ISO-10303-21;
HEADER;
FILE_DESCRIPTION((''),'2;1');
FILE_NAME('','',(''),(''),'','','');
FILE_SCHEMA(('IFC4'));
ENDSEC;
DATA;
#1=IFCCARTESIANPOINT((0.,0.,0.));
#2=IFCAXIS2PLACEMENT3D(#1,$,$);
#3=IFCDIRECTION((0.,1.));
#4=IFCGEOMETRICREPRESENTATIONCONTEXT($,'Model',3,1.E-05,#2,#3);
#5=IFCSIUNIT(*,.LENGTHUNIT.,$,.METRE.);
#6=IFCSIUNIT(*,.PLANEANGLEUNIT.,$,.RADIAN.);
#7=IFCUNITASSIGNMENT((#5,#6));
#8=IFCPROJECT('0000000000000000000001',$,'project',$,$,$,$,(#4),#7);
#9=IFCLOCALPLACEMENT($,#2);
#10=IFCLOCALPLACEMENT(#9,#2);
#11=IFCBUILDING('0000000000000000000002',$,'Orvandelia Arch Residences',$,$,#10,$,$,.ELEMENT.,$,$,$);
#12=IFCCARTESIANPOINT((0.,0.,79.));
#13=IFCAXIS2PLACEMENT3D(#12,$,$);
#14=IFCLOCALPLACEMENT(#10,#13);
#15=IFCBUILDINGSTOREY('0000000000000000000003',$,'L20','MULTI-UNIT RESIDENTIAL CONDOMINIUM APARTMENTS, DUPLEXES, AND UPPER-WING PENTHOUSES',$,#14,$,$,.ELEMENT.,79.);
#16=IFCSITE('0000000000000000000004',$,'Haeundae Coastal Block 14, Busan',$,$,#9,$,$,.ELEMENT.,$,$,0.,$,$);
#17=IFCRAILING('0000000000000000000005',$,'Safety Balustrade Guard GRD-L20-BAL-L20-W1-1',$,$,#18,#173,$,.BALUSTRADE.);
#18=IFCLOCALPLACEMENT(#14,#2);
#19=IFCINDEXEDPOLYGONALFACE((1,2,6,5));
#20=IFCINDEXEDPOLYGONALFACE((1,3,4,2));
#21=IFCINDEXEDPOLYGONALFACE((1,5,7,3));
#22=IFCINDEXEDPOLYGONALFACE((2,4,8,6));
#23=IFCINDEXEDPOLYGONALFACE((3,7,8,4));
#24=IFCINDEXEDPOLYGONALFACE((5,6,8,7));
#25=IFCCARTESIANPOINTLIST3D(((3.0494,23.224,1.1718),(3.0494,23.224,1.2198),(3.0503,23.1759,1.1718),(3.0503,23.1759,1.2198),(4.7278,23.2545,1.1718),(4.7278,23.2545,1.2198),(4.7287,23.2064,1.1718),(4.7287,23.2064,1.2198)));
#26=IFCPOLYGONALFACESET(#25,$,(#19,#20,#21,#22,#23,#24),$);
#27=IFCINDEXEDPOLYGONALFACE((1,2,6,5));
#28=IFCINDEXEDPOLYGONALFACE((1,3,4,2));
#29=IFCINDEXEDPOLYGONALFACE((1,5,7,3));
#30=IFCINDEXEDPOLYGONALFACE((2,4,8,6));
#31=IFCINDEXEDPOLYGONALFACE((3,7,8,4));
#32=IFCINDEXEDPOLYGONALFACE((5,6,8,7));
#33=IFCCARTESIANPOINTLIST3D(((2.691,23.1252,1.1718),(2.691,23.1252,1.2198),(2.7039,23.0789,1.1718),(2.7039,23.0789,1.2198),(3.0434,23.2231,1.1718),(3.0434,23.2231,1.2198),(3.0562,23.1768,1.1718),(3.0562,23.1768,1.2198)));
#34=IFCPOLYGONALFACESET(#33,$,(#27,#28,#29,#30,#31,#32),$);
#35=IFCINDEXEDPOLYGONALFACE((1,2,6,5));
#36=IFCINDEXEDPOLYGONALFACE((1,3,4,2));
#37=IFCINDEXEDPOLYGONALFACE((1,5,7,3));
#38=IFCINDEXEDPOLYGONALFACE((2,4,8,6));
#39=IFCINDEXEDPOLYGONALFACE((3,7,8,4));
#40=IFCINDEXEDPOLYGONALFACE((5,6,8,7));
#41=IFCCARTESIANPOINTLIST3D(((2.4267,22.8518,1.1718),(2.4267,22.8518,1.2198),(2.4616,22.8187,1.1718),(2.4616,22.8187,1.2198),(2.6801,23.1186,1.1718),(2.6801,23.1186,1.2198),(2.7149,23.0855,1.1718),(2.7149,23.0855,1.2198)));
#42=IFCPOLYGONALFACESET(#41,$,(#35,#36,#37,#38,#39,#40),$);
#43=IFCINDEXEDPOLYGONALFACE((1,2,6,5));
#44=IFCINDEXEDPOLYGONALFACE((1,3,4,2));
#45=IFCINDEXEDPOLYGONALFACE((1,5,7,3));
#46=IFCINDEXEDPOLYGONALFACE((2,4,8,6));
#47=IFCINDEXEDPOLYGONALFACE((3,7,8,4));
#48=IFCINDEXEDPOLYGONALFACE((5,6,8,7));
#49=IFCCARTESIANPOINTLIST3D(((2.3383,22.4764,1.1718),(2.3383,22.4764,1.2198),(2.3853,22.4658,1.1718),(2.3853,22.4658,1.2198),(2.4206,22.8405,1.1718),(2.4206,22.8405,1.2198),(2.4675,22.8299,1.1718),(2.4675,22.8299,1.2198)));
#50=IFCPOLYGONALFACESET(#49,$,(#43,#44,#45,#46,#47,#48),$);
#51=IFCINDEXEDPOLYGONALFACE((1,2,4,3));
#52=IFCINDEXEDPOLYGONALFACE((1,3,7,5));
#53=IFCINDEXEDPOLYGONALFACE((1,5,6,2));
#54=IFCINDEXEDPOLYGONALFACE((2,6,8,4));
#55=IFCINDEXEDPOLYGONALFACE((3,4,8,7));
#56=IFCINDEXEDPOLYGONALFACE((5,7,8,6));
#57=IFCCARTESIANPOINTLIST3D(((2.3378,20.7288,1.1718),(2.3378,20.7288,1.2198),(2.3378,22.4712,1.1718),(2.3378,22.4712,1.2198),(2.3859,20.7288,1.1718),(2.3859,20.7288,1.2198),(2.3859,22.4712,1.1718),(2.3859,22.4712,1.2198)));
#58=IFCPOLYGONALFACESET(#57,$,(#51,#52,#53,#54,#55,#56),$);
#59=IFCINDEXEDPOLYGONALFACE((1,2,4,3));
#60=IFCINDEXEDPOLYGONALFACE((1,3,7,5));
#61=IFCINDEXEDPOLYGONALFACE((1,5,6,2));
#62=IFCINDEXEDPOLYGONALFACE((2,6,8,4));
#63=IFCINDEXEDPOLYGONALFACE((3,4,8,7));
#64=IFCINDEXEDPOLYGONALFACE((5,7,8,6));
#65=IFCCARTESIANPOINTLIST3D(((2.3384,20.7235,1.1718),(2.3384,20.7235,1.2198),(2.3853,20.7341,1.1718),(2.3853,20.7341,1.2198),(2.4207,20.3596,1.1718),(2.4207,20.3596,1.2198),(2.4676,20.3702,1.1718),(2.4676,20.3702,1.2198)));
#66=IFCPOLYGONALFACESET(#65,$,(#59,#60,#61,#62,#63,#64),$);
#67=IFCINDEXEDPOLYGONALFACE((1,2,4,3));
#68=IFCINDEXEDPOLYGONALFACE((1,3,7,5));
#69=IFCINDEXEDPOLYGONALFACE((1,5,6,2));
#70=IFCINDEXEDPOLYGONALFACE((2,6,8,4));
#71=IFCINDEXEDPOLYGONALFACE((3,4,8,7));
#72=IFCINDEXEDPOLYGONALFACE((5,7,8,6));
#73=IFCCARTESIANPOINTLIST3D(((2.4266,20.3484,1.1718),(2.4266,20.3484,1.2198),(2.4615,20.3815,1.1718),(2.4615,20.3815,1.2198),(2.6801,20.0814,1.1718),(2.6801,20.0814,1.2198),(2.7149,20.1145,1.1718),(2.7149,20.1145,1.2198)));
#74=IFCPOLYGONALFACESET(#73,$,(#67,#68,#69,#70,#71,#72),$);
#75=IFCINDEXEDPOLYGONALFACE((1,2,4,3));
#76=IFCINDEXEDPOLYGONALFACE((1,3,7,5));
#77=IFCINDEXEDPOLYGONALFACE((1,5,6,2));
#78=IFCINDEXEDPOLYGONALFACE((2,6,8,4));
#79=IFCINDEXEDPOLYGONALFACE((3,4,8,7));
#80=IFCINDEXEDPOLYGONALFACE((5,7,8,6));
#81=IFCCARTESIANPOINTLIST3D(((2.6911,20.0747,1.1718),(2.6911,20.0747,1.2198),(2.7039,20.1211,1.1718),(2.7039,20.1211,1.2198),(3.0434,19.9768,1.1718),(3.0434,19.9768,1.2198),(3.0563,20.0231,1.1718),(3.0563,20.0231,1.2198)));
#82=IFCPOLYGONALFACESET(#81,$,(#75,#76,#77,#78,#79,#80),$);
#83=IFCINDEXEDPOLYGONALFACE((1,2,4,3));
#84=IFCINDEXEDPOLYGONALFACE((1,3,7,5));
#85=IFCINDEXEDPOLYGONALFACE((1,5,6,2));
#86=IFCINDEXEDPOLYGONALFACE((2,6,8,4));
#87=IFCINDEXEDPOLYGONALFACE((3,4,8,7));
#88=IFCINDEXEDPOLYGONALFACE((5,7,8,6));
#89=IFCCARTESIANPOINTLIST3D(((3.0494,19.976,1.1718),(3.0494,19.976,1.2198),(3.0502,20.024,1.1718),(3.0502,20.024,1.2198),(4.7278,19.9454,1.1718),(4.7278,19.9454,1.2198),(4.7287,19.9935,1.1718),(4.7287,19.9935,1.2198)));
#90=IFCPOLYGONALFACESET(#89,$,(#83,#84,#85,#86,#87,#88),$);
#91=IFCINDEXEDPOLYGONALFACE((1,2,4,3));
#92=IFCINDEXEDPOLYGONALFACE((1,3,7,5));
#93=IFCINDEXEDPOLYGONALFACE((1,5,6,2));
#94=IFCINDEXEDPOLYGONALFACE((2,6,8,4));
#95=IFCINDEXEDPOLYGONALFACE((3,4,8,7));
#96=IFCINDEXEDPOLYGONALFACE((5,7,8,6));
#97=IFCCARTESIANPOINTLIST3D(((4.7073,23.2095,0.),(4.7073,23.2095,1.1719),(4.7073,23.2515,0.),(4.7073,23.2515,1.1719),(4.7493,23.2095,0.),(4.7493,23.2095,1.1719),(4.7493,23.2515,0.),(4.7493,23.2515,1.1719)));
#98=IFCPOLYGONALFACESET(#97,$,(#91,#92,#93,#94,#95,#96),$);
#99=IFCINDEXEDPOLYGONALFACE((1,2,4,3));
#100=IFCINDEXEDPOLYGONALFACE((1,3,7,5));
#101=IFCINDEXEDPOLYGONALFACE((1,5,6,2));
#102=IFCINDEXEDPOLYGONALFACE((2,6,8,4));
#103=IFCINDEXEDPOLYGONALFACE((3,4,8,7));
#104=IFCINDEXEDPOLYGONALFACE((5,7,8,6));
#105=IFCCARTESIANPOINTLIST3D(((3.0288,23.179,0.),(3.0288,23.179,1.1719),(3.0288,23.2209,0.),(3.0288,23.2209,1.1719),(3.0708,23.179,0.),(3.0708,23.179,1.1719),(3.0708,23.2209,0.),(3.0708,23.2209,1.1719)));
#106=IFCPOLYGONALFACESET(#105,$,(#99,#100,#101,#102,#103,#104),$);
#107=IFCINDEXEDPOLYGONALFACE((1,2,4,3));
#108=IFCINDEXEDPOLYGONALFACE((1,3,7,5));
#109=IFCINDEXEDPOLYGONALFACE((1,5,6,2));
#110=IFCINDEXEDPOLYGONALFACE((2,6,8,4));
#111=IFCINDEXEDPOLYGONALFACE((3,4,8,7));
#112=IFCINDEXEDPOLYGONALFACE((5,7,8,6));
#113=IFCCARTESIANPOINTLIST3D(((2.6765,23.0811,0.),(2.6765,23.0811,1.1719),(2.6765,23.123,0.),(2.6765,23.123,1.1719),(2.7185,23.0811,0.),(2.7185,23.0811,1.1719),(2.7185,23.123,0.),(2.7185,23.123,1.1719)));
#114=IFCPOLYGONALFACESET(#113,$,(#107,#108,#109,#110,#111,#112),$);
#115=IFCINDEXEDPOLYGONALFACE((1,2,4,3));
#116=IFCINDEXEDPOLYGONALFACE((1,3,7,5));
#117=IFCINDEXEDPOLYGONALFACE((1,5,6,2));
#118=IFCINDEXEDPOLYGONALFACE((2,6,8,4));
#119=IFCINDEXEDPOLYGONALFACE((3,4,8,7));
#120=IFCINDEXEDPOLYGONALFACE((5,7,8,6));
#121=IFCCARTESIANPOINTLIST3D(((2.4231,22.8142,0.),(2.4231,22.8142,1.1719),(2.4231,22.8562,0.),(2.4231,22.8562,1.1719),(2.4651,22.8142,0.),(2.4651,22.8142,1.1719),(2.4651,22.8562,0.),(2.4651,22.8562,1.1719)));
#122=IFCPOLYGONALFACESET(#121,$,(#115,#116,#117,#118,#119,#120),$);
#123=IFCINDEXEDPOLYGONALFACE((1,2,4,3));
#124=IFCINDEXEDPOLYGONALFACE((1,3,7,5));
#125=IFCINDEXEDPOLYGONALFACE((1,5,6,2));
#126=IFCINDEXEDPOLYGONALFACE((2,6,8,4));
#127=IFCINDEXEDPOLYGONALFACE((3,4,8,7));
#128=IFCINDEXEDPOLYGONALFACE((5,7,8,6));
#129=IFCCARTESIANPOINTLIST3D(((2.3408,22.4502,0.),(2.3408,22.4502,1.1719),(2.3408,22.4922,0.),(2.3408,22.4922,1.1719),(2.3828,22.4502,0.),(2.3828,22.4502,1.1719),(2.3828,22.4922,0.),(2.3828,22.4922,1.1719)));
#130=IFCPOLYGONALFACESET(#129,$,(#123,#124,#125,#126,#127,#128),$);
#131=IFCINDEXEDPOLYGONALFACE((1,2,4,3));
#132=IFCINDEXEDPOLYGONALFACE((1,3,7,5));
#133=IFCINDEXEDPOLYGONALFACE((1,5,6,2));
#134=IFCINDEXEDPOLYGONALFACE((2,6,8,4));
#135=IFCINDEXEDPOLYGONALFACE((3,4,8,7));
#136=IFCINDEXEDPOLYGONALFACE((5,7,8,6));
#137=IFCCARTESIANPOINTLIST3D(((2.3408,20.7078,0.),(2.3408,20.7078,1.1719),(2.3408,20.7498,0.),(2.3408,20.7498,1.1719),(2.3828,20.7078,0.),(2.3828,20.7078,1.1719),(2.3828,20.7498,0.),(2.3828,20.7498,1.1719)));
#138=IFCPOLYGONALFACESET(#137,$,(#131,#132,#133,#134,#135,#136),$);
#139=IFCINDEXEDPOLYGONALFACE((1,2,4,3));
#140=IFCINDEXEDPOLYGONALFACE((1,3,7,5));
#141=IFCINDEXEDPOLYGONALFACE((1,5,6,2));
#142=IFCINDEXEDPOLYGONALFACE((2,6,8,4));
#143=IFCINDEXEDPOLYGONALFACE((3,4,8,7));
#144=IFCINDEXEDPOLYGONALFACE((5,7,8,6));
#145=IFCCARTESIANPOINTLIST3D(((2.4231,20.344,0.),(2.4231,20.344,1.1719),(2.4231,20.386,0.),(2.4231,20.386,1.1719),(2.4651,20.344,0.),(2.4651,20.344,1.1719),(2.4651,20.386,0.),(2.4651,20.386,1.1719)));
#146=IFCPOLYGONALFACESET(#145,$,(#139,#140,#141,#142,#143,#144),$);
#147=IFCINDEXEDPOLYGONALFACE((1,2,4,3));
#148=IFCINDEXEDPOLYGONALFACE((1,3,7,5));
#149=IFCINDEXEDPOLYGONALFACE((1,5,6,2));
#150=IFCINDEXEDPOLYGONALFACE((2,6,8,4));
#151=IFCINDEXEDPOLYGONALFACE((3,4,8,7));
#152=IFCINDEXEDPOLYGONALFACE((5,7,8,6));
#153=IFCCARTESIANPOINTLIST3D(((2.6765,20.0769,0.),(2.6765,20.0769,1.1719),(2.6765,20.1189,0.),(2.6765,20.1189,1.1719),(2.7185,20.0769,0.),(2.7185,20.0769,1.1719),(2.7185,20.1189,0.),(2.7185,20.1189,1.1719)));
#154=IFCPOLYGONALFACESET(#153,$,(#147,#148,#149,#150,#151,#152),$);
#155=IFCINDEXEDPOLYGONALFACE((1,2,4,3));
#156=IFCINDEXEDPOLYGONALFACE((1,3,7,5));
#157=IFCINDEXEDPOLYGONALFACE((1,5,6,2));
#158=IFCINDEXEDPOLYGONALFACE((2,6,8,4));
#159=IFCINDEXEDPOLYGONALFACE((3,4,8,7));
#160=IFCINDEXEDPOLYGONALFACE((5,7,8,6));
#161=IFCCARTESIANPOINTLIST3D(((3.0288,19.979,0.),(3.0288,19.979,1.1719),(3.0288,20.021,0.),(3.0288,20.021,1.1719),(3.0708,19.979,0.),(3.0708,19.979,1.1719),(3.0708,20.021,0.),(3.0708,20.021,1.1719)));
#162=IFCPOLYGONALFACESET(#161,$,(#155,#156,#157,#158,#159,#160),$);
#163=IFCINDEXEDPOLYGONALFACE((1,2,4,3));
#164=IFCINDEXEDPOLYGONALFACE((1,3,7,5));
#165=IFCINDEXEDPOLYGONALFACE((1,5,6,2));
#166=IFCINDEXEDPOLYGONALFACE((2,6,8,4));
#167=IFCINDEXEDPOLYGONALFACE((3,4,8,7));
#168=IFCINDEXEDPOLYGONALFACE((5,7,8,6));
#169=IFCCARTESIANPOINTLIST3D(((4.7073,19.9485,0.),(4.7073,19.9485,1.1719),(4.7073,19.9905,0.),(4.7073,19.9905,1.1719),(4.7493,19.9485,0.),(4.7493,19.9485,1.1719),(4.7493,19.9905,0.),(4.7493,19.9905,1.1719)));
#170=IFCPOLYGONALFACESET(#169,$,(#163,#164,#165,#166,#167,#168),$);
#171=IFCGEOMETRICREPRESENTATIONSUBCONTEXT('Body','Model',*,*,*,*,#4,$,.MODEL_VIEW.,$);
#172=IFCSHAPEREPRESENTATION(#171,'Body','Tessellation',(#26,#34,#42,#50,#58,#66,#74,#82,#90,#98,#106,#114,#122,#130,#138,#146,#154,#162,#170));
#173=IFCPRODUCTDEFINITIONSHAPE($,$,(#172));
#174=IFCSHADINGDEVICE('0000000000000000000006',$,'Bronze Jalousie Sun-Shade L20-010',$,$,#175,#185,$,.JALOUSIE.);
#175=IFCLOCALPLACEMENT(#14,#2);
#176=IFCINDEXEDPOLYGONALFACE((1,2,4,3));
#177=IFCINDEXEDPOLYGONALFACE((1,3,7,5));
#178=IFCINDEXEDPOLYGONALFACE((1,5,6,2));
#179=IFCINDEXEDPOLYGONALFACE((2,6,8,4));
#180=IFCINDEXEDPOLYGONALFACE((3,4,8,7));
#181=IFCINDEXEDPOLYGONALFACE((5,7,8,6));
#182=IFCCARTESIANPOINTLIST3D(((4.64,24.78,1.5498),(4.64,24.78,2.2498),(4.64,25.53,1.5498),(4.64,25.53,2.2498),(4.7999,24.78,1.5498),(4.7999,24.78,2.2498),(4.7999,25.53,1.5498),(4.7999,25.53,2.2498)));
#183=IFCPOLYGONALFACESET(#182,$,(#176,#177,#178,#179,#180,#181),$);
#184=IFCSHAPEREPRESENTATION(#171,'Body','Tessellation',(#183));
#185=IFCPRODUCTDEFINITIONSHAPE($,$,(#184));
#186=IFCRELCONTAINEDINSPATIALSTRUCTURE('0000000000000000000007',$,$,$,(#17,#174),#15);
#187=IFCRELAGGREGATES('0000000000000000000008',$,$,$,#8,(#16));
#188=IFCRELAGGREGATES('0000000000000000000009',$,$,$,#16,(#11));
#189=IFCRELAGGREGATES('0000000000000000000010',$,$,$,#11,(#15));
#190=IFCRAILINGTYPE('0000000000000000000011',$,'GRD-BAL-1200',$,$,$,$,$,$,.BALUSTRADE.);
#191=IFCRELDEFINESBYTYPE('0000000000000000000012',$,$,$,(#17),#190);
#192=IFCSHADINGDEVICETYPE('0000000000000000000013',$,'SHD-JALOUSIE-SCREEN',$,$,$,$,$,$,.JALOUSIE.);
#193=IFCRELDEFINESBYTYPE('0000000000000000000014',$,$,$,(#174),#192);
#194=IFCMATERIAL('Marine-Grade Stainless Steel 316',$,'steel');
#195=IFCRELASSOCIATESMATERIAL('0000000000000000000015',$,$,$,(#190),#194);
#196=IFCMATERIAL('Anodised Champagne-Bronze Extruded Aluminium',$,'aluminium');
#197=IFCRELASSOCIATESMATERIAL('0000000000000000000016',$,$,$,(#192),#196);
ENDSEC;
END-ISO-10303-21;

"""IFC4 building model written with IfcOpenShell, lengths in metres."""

from ifc_helpers import new_model, si_unit, direction, frame, origin, origin_2d, place, context, subcontext, project, spatial, rectangle, extrude, material, type_object, element, save


model = new_model("IFC4")

# Units and contexts
model_context = context("Model", 3, precision=1e-05, world=origin(), true_north=direction((0.0, 1.0)))
body_context = subcontext(model_context, "Body", "Model", "MODEL_VIEW")
ifc_project = project(units=[si_unit("LENGTHUNIT", "METRE"), si_unit("PLANEANGLEUNIT", "RADIAN")], contexts=[model_context])

# Site, building, storey
site_placement = place(None, origin())
site = spatial("IfcSite", under=ifc_project, at=site_placement, Name="Haeundae Coastal Block 14, Busan", CompositionType="ELEMENT", RefElevation=0.0)
building_placement = place(site_placement, origin())
building = spatial("IfcBuilding", under=site, at=building_placement, Name="Orvandelia Arch Residences", CompositionType="ELEMENT")
storey_placement = place(building_placement, frame((0.0, 0.0, 79.0)))
storey = spatial("IfcBuildingStorey", under=building, at=storey_placement, Name="L20", Description="MULTI-UNIT RESIDENTIAL CONDOMINIUM APARTMENTS, DUPLEXES, AND UPPER-WING PENTHOUSES", CompositionType="ELEMENT", Elevation=79.0)

# Railing
ifc_material_1 = material(Name="Marine-Grade Stainless Steel 316", Category="steel")
railing_type = type_object("IfcRailingType", Name="GRD-BAL-1200", PredefinedType="BALUSTRADE", material=ifc_material_1)
railing_placement = place(storey_placement, frame((4.7283, 23.2305, 0.0)))
element("IfcRailing", 1, at=railing_placement, inside=storey, type_object=railing_type, Name="Safety Balustrade Guard GRD-L20-BAL-L20-W1-1", PredefinedType="BALUSTRADE", context=body_context, shape_type="SweptSolid", body=[
    extrude(rectangle(XDim=0.0481, YDim=0.0481, at=origin_2d()), frame((0.0, 0.0, 1.1958), z_axis=(-0.999835, -0.018179, 0.0), x_axis=(0.018179, -0.999835, 0.0)), (0.0, 0.0, 1.0), 1.6787),
    extrude(rectangle(XDim=0.0481, YDim=0.0481, at=origin_2d()), frame((-1.6785, -0.0305, 1.1958), z_axis=(-0.963489, -0.267747, 0.0), x_axis=(0.267747, -0.963489, 0.0)), (0.0, 0.0, 1.0), 0.3657),
    extrude(rectangle(XDim=0.0481, YDim=0.0481, at=origin_2d()), frame((-2.0308, -0.1284, 1.1958), z_axis=(-0.688627, -0.725115, 0.0), x_axis=(0.725115, -0.688627, 0.0)), (0.0, 0.0, 1.0), 0.3679),
    extrude(rectangle(XDim=0.0481, YDim=0.0481, at=origin_2d()), frame((-2.2842, -0.3953, 1.1958), z_axis=(-0.220462, -0.975396, 0.0), x_axis=(0.975396, -0.220462, 0.0)), (0.0, 0.0, 1.0), 0.3733),
    extrude(rectangle(XDim=0.0481, YDim=0.0481, at=origin_2d()), frame((-2.3665, -0.7593, 1.1958), z_axis=(0.0, -1.0, 0.0), x_axis=(1.0, 0.0, 0.0)), (0.0, 0.0, 1.0), 1.7424),
    extrude(rectangle(XDim=0.0481, YDim=0.0481, at=origin_2d()), frame((-2.3665, -2.5017, 1.1958), z_axis=(0.220602, -0.975364, 0.0), x_axis=(0.975364, 0.220602, 0.0)), (0.0, 0.0, 1.0), 0.373),
    extrude(rectangle(XDim=0.0481, YDim=0.0481, at=origin_2d()), frame((-2.2842, -2.8655, 1.1958), z_axis=(0.688296, -0.72543, 0.0), x_axis=(0.72543, 0.688296, 0.0)), (0.0, 0.0, 1.0), 0.3682),
    extrude(rectangle(XDim=0.0481, YDim=0.0481, at=origin_2d()), frame((-2.0308, -3.1326, 1.1958), z_axis=(0.963489, -0.267747, 0.0), x_axis=(0.267747, 0.963489, 0.0)), (0.0, 0.0, 1.0), 0.3657),
    extrude(rectangle(XDim=0.0481, YDim=0.0481, at=origin_2d()), frame((-1.6785, -3.2305, 1.1958), z_axis=(0.999835, -0.018179, 0.0), x_axis=(0.018179, 0.999835, 0.0)), (0.0, 0.0, 1.0), 1.6787),
    extrude(rectangle(XDim=0.042, YDim=0.042, at=origin_2d()), origin(), (0.0, 0.0, 1.0), 1.1719),
    extrude(rectangle(XDim=0.042, YDim=0.042, at=origin_2d()), frame((-1.6785, -0.0305, 0.0)), (0.0, 0.0, 1.0), 1.1719),
    extrude(rectangle(XDim=0.042, YDim=0.042, at=origin_2d()), frame((-2.0308, -0.1284, 0.0)), (0.0, 0.0, 1.0), 1.1719),
    extrude(rectangle(XDim=0.042, YDim=0.042, at=origin_2d()), frame((-2.2842, -0.3953, 0.0)), (0.0, 0.0, 1.0), 1.1719),
    extrude(rectangle(XDim=0.042, YDim=0.042, at=origin_2d()), frame((-2.3665, -0.7593, 0.0)), (0.0, 0.0, 1.0), 1.1719),
    extrude(rectangle(XDim=0.042, YDim=0.042, at=origin_2d()), frame((-2.3665, -2.5017, 0.0)), (0.0, 0.0, 1.0), 1.1719),
    extrude(rectangle(XDim=0.042, YDim=0.042, at=origin_2d()), frame((-2.2842, -2.8655, 0.0)), (0.0, 0.0, 1.0), 1.1719),
    extrude(rectangle(XDim=0.042, YDim=0.042, at=origin_2d()), frame((-2.0308, -3.1326, 0.0)), (0.0, 0.0, 1.0), 1.1719),
    extrude(rectangle(XDim=0.042, YDim=0.042, at=origin_2d()), frame((-1.6785, -3.2305, 0.0)), (0.0, 0.0, 1.0), 1.1719),
    extrude(rectangle(XDim=0.042, YDim=0.042, at=origin_2d()), frame((0.0, -3.261, 0.0)), (0.0, 0.0, 1.0), 1.1719),
])

# Shading device
ifc_material_2 = material(Name="Anodised Champagne-Bronze Extruded Aluminium", Category="aluminium")
shading_device_type = type_object("IfcShadingDeviceType", Name="SHD-JALOUSIE-SCREEN", PredefinedType="JALOUSIE", material=ifc_material_2)
shading_device_placement = place(storey_placement, frame((4.72, 25.155, 1.5498), z_axis=(0.0, 0.0, 1.0), x_axis=(0.0, 1.0, 0.0)))
element("IfcShadingDevice", 2, at=shading_device_placement, inside=storey, type_object=shading_device_type, Name="Bronze Jalousie Sun-Shade L20-010", PredefinedType="JALOUSIE", context=body_context, shape_type="SweptSolid", body=[
    extrude(rectangle(XDim=0.75, YDim=0.1599, at=origin_2d()), origin(), (0.0, 0.0, 1.0), 0.7),
])

save(model, "model.ifc")
